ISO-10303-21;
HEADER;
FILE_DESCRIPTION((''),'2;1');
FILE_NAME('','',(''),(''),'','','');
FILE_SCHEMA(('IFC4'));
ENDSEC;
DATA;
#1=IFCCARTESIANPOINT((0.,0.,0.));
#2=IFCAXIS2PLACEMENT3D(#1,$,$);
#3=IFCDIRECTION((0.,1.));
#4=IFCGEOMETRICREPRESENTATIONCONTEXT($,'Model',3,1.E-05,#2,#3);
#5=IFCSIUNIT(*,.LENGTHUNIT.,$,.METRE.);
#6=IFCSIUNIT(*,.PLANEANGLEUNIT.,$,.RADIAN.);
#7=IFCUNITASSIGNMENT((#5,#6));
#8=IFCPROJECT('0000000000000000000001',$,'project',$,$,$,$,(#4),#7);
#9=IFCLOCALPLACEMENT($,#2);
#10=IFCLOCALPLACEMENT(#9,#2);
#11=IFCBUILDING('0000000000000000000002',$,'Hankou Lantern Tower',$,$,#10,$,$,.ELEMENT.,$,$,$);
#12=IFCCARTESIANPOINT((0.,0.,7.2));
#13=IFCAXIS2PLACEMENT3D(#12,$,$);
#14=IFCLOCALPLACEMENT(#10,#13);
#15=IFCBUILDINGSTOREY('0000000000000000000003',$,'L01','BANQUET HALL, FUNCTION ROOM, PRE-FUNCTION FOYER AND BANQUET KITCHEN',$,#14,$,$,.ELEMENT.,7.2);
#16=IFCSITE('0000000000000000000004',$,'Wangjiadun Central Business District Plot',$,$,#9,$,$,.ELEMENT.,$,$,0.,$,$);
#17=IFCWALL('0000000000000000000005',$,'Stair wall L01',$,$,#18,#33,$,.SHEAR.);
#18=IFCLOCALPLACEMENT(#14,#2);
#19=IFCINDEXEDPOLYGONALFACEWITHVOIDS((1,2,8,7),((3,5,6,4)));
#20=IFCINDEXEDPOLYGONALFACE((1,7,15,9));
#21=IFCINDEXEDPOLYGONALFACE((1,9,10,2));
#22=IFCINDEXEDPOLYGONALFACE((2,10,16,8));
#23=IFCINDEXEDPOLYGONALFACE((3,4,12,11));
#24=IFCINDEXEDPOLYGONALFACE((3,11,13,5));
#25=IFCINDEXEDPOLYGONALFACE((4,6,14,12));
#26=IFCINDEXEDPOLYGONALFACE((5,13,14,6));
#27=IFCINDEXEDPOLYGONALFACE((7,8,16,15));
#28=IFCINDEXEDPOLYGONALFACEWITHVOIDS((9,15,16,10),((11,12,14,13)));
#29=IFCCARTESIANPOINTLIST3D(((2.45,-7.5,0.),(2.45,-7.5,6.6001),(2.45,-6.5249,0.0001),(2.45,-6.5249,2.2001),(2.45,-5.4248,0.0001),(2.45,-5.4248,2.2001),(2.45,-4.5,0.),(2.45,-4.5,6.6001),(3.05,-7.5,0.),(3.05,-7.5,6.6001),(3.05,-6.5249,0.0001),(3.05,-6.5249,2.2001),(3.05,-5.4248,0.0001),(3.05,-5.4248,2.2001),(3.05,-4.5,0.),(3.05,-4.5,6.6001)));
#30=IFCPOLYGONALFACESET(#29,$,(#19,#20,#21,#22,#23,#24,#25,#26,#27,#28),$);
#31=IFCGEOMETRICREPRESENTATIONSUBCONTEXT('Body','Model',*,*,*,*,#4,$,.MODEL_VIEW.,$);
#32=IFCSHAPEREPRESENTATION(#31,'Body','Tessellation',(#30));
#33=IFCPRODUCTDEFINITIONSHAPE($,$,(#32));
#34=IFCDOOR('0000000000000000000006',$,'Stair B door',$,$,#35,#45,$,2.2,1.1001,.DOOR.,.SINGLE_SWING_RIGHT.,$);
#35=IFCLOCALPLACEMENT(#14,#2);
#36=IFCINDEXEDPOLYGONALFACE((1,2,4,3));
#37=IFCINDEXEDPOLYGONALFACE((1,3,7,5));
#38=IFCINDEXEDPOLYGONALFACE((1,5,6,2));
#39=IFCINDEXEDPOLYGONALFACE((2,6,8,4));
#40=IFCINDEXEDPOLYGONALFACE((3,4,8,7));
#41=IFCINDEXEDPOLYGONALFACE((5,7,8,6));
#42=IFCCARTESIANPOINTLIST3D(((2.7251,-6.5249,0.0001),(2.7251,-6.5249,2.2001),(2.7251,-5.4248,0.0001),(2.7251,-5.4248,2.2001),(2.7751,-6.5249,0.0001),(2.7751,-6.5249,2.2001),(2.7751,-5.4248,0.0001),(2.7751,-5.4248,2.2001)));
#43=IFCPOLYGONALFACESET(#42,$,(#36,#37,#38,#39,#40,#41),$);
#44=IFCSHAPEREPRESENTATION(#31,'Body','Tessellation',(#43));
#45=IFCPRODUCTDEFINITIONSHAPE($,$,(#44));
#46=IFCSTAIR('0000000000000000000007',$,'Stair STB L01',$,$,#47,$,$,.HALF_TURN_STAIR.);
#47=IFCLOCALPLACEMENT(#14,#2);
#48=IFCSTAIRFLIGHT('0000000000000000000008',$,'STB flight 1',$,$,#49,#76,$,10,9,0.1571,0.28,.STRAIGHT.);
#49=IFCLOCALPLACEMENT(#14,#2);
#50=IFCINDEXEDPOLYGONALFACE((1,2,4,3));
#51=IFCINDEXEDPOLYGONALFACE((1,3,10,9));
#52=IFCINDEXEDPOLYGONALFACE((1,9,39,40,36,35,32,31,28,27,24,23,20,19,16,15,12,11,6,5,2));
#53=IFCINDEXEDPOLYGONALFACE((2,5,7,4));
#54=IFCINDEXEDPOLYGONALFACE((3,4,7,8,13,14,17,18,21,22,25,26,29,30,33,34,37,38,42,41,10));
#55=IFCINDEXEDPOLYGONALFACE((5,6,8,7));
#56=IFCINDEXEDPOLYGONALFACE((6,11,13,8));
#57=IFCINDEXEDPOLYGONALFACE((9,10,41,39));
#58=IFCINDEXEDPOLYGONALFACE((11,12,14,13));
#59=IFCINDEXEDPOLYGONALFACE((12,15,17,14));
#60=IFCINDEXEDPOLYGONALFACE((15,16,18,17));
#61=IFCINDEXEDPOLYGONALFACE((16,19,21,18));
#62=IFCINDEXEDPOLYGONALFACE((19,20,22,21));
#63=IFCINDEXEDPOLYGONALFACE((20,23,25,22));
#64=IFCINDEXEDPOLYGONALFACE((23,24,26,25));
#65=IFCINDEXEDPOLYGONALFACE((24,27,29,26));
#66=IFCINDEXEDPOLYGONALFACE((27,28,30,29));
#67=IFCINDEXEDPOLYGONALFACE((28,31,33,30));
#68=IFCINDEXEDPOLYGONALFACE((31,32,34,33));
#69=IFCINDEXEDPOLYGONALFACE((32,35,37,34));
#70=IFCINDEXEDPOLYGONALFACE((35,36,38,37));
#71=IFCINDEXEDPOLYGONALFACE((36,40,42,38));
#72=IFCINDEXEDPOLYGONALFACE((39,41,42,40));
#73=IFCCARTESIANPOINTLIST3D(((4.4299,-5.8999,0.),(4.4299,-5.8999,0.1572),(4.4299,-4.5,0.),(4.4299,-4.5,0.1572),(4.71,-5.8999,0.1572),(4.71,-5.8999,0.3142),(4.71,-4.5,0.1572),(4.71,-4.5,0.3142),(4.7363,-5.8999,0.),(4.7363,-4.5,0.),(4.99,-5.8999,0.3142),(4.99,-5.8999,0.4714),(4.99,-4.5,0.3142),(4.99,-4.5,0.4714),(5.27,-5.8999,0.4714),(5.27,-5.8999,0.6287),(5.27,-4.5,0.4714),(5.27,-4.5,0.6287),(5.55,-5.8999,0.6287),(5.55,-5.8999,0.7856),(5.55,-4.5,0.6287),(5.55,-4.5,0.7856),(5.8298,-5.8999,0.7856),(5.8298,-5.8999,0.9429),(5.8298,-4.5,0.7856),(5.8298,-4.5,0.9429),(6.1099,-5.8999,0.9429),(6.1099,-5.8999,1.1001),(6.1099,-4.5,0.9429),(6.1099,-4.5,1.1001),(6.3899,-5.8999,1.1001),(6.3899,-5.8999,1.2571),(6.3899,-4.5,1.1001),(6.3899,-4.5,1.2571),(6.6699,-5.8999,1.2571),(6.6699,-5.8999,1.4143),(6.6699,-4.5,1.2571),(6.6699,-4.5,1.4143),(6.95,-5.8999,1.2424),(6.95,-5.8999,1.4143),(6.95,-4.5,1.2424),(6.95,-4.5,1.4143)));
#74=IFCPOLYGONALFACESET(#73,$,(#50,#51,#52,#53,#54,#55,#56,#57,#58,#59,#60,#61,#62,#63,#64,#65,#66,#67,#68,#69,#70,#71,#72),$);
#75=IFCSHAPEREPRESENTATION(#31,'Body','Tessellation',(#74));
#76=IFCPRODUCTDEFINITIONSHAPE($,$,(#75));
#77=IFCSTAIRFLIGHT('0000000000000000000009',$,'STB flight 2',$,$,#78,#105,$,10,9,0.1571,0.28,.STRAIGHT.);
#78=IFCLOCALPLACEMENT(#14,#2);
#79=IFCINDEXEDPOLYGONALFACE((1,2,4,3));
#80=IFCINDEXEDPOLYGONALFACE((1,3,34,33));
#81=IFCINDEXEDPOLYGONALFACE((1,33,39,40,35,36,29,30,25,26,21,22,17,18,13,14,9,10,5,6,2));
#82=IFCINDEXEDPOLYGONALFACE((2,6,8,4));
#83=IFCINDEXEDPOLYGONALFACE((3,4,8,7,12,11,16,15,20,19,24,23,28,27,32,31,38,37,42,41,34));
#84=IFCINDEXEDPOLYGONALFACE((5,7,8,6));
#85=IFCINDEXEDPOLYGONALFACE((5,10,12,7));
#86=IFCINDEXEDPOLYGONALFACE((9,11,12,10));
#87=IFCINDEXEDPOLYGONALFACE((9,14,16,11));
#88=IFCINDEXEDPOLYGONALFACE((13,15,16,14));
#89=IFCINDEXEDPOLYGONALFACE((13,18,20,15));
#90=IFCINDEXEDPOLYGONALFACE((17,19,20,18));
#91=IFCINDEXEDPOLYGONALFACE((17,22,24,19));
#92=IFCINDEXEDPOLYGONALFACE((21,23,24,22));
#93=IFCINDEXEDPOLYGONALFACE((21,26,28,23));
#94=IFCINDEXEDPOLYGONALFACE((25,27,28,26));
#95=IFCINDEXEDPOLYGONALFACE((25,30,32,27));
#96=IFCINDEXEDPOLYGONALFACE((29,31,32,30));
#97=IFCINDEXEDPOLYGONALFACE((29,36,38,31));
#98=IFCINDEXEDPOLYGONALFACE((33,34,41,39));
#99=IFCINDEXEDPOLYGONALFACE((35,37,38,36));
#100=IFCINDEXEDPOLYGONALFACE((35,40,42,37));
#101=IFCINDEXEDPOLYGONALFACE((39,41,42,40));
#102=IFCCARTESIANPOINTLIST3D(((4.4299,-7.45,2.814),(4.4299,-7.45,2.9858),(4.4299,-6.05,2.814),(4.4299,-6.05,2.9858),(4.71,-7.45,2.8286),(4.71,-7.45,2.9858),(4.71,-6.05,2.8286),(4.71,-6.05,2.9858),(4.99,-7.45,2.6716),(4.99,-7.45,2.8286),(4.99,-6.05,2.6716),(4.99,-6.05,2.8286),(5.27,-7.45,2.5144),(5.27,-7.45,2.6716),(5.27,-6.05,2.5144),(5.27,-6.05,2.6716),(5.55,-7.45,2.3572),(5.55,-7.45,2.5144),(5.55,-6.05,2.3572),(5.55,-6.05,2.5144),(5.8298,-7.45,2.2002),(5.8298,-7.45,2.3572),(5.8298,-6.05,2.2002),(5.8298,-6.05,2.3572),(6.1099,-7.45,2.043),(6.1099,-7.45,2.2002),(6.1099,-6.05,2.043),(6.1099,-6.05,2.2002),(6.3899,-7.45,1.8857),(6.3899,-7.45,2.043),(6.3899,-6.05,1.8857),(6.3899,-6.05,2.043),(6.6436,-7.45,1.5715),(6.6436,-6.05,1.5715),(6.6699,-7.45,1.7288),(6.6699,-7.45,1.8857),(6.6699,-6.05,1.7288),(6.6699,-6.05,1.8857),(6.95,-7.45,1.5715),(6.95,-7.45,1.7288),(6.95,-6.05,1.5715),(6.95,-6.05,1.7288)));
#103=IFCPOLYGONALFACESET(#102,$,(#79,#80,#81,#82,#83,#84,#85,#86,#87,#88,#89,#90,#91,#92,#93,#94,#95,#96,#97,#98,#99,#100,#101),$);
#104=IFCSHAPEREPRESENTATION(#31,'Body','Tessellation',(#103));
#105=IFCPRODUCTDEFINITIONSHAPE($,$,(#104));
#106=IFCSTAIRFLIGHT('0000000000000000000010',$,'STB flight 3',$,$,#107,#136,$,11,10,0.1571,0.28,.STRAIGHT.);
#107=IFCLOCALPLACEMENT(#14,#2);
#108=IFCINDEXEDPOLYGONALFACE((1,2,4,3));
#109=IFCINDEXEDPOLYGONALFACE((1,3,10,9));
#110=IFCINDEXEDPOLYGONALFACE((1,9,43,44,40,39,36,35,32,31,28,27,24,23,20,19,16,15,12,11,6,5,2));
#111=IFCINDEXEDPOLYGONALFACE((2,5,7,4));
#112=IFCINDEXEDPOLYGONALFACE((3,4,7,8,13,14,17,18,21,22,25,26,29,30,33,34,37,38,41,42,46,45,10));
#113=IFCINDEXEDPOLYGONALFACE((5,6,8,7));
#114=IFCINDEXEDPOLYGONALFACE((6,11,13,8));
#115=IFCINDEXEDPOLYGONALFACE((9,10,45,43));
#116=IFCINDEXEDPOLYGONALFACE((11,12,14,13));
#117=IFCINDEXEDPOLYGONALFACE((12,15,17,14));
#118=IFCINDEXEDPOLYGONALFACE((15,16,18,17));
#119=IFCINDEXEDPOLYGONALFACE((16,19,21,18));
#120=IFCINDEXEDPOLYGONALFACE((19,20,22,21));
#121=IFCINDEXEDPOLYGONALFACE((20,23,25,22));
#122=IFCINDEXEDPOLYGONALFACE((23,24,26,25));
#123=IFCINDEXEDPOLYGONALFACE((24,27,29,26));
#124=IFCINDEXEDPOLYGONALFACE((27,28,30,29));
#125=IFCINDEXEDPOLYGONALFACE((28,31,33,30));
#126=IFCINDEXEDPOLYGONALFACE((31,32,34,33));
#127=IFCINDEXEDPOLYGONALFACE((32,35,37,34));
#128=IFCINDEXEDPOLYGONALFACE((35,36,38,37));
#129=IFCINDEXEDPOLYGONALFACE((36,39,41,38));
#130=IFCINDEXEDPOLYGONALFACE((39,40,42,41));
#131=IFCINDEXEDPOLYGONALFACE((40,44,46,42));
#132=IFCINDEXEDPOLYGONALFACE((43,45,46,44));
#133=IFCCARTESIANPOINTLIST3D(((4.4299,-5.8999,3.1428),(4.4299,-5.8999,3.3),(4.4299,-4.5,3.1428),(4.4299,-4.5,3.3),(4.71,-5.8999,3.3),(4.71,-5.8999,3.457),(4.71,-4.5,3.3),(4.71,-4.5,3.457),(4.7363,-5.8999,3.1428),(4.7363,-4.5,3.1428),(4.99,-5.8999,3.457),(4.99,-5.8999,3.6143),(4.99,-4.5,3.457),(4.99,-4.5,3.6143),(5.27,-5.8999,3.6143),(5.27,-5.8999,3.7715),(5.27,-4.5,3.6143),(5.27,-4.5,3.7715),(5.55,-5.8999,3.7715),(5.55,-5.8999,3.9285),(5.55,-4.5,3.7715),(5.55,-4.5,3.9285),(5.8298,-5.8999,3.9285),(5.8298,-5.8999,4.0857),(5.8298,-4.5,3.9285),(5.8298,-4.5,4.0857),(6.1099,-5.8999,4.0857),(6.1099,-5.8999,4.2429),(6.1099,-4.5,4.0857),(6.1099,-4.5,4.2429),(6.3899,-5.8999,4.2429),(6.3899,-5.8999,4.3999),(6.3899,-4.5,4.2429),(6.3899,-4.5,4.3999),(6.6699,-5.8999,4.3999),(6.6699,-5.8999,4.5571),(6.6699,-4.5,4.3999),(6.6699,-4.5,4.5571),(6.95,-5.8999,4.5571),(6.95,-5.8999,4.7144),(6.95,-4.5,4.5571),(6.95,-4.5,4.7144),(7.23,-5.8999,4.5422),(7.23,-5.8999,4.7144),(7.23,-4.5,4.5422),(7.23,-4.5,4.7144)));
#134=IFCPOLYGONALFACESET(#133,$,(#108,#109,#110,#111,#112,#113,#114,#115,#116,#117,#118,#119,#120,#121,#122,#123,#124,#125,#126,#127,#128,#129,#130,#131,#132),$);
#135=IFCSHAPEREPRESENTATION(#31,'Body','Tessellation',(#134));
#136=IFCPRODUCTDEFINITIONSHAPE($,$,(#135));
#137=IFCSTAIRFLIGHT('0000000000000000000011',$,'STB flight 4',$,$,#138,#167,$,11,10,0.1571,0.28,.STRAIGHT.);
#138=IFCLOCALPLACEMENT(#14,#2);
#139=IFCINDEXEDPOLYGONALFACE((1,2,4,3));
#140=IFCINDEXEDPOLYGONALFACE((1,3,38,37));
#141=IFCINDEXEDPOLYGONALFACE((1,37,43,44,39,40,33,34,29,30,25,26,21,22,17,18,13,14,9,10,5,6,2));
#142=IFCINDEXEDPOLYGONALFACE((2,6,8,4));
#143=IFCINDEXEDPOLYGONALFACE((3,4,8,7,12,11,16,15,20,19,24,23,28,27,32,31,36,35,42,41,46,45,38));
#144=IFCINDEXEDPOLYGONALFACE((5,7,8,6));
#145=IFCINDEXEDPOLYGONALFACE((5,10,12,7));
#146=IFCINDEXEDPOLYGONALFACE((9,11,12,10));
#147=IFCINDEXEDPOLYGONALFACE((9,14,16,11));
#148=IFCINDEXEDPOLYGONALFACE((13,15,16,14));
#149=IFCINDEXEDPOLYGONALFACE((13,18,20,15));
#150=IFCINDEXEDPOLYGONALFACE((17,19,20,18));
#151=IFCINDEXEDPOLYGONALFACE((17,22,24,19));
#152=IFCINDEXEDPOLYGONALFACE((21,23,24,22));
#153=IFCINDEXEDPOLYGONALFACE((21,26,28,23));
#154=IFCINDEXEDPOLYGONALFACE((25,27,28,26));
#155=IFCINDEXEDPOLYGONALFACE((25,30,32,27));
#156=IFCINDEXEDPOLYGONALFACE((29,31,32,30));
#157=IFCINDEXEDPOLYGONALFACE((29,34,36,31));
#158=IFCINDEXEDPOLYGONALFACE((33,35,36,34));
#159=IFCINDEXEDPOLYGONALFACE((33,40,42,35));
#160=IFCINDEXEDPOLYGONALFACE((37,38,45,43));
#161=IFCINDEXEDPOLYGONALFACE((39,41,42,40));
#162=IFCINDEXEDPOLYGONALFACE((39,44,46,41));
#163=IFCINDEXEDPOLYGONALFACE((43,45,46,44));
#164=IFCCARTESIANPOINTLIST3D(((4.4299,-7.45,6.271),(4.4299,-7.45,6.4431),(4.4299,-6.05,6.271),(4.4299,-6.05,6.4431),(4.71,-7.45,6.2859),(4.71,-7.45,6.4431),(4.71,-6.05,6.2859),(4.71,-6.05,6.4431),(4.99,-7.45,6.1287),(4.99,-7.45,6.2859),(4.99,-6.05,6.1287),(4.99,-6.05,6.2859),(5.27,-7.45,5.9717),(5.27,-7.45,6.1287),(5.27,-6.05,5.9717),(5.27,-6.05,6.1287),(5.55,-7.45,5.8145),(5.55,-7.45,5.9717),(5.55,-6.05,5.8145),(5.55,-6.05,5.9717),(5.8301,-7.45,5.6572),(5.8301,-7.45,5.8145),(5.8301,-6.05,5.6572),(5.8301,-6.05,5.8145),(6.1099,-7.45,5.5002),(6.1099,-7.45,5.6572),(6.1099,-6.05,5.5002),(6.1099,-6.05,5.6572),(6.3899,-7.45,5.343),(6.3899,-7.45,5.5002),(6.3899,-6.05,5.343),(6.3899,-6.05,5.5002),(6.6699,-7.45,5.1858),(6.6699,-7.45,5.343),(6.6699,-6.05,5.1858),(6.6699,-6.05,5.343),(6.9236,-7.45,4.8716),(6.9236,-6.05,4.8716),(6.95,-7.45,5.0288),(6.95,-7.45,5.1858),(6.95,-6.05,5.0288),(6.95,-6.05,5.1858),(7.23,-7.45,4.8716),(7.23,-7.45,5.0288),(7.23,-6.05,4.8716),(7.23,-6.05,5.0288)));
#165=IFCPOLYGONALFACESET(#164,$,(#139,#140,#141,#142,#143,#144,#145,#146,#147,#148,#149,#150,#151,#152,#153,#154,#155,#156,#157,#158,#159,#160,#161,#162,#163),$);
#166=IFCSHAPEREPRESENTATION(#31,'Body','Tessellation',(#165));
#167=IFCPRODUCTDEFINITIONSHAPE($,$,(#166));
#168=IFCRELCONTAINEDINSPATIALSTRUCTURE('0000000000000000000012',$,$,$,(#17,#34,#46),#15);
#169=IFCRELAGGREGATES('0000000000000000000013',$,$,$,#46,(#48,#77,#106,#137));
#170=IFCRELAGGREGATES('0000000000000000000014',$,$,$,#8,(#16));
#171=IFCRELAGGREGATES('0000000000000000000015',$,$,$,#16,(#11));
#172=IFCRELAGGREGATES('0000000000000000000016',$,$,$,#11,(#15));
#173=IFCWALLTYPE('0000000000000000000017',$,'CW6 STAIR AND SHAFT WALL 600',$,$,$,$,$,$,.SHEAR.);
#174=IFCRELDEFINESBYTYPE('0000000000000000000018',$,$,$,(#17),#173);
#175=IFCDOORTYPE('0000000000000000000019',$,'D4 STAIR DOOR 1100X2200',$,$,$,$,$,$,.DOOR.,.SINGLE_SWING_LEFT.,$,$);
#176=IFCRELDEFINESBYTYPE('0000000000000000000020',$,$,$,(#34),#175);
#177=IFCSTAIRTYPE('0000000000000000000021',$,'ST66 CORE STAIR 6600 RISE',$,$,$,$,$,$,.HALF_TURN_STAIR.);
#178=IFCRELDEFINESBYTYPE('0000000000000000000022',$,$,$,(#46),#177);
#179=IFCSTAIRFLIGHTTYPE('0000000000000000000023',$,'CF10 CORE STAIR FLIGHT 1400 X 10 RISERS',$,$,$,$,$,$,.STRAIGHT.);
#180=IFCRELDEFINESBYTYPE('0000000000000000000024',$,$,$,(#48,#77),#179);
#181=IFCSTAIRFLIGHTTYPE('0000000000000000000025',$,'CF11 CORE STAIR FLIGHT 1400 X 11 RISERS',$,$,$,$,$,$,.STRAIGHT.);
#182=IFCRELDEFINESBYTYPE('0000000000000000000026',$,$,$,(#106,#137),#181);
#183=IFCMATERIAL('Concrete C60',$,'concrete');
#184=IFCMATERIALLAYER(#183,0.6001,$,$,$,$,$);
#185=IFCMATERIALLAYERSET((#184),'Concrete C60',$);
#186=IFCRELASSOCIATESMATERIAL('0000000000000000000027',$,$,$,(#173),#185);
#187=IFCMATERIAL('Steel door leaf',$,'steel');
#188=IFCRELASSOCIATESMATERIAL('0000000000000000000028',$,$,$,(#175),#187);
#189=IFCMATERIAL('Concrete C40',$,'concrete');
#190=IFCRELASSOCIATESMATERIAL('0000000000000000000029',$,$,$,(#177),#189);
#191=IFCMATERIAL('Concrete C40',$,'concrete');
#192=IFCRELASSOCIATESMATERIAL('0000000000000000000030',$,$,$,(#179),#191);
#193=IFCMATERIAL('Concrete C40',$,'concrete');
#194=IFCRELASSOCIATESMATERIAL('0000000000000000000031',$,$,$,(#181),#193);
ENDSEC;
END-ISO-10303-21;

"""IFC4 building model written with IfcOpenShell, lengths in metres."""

from ifc_helpers import new_model, si_unit, direction, frame, frame_2d, origin, place, context, subcontext, project, spatial, polyline, rectangle, outline, extrude, material, layer, layer_set, type_object, element, fill, aggregate, save


model = new_model("IFC4")

# Units and contexts
model_context = context("Model", 3, precision=1e-05, world=origin(), true_north=direction((0.0, 1.0)))
body_context = subcontext(model_context, "Body", "Model", "MODEL_VIEW")
ifc_project = project(units=[si_unit("LENGTHUNIT", "METRE"), si_unit("PLANEANGLEUNIT", "RADIAN")], contexts=[model_context])

# Site, building, storey
site_placement = place(None, origin())
site = spatial("IfcSite", under=ifc_project, at=site_placement, Name="Wangjiadun Central Business District Plot", CompositionType="ELEMENT", RefElevation=0.0)
building_placement = place(site_placement, origin())
building = spatial("IfcBuilding", under=site, at=building_placement, Name="Hankou Lantern Tower", CompositionType="ELEMENT")
storey_placement = place(building_placement, frame((0.0, 0.0, 7.2)))
storey = spatial("IfcBuildingStorey", under=building, at=storey_placement, Name="L01", Description="BANQUET HALL, FUNCTION ROOM, PRE-FUNCTION FOYER AND BANQUET KITCHEN", CompositionType="ELEMENT", Elevation=7.2)

# Wall, opening, door
ifc_material_1 = material(Name="Concrete C60", Category="concrete")
ifc_layer_1 = layer(ifc_material_1, 0.6001)
ifc_layer_set_1 = layer_set([ifc_layer_1], Name="Concrete C60")
wall_type_1 = type_object("IfcWallType", Name="CW6 STAIR AND SHAFT WALL 600", PredefinedType="SHEAR", material=ifc_layer_set_1)
wall_1_placement = place(storey_placement, frame((2.75, -7.5, 0.0), z_axis=(0.0, 0.0, 1.0), x_axis=(0.0, 1.0, 0.0)))
wall_1 = element("IfcWall", 1, at=wall_1_placement, inside=storey, type_object=wall_type_1, Name="Stair wall L01", PredefinedType="SHEAR", context=body_context, shape_type="SweptSolid", body=[
    extrude(rectangle(XDim=3.0, YDim=0.6001, at=frame_2d((1.5, 0.0))), origin(), (0.0, 0.0, 1.0), 6.6001),
])
opening_1_placement = place(wall_1_placement, frame((0.9751, 0.0, 0.0)))
opening_1 = element("IfcOpeningElement", 2, at=opening_1_placement, cuts=wall_1, PredefinedType="OPENING", context=body_context, shape_type="SweptSolid", body=[
    extrude(rectangle(XDim=1.1001, YDim=2.2, at=frame_2d((0.55, 1.1001))), frame((0.0, 0.3101, 0.0), z_axis=(0.0, -1.0, 0.0), x_axis=(1.0, 0.0, 0.0)), (0.0, 0.0, 1.0), 0.6201),
])
ifc_material_2 = material(Name="Steel door leaf", Category="steel")
door_type_1 = type_object("IfcDoorType", Name="D4 STAIR DOOR 1100X2200", OperationType="SINGLE_SWING_LEFT", PredefinedType="DOOR", material=ifc_material_2)
door_1_placement = place(opening_1_placement, origin())
door_1 = element("IfcDoor", 3, at=door_1_placement, inside=storey, type_object=door_type_1, Name="Stair B door", OperationType="SINGLE_SWING_RIGHT", OverallHeight=2.2, OverallWidth=1.1001, PredefinedType="DOOR", context=body_context, shape_type="SweptSolid", body=[
    extrude(rectangle(XDim=1.1001, YDim=2.2, at=frame_2d((0.55, 1.1001))), frame((0.0, 0.0249, 0.0), z_axis=(0.0, -1.0, 0.0), x_axis=(1.0, 0.0, 0.0)), (0.0, 0.0, 1.0), 0.05),
])
fill(opening_1, door_1)

# Stair, stair flights
ifc_material_3 = material(Name="Concrete C40", Category="concrete")
stair_type = type_object("IfcStairType", Name="ST66 CORE STAIR 6600 RISE", PredefinedType="HALF_TURN_STAIR", material=ifc_material_3)
stair_placement = place(storey_placement, origin())
stair = element("IfcStair", 4, at=stair_placement, inside=storey, type_object=stair_type, Name="Stair STB L01", PredefinedType="HALF_TURN_STAIR")
ifc_material_4 = material(Name="Concrete C40", Category="concrete")
stair_flight_type_1 = type_object("IfcStairFlightType", Name="CF10 CORE STAIR FLIGHT 1400 X 10 RISERS", PredefinedType="STRAIGHT", material=ifc_material_4)
stair_flight_1_placement = place(storey_placement, frame((4.4299, -5.2, 0.0), z_axis=(0.0, 0.0, 1.0), x_axis=(1.0, 0.0, 0.0)))
stair_flight_1 = element("IfcStairFlight", 5, at=stair_flight_1_placement, type_object=stair_flight_type_1, Name="STB flight 1", NumberOfRisers=10, NumberOfTreads=9, PredefinedType="STRAIGHT", RiserHeight=0.1571, TreadLength=0.28, context=body_context, shape_type="SweptSolid", body=[
    extrude(outline(polyline([(0.0, 0.0), (0.0, 0.1572), (0.28, 0.1572), (0.28, 0.3142), (0.5601, 0.3142), (0.5601, 0.4714), (0.8401, 0.4714), (0.8401, 0.6287), (1.1201, 0.6287), (1.1201, 0.7856), (1.3999, 0.7856), (1.3999, 0.9429), (1.6799, 0.9429), (1.6799, 1.1001), (1.96, 1.1001), (1.96, 1.2571), (2.24, 1.2571), (2.24, 1.4143), (2.52, 1.4143), (2.52, 1.5715), (2.52, 1.2424), (0.3064, 0.0), (0.0, 0.0)])), frame((0.0, 0.7, 0.0), z_axis=(0.0, -1.0, 0.0), x_axis=(1.0, 0.0, 0.0)), (0.0, 0.0, 1.0), 1.3999),
])
stair_flight_2_placement = place(storey_placement, frame((6.95, -6.75, 1.5715), z_axis=(0.0, 0.0, 1.0), x_axis=(-1.0, 0.0, 0.0)))
stair_flight_2 = element("IfcStairFlight", 6, at=stair_flight_2_placement, type_object=stair_flight_type_1, Name="STB flight 2", NumberOfRisers=10, NumberOfTreads=9, PredefinedType="STRAIGHT", RiserHeight=0.1571, TreadLength=0.28, context=body_context, shape_type="SweptSolid", body=[
    extrude(outline(polyline([(0.0, 0.0), (0.0, 0.1572), (0.28, 0.1572), (0.28, 0.3142), (0.5601, 0.3142), (0.5601, 0.4714), (0.8401, 0.4714), (0.8401, 0.6287), (1.1201, 0.6287), (1.1201, 0.7856), (1.3999, 0.7856), (1.3999, 0.9429), (1.6799, 0.9429), (1.6799, 1.1001), (1.96, 1.1001), (1.96, 1.2571), (2.24, 1.2571), (2.24, 1.4143), (2.52, 1.4143), (2.52, 1.5715), (2.52, 1.2424), (0.3064, 0.0), (0.0, 0.0)])), frame((0.0, 0.7, 0.0), z_axis=(0.0, -1.0, 0.0), x_axis=(1.0, 0.0, 0.0)), (0.0, 0.0, 1.0), 1.3999),
])
ifc_material_5 = material(Name="Concrete C40", Category="concrete")
stair_flight_type_2 = type_object("IfcStairFlightType", Name="CF11 CORE STAIR FLIGHT 1400 X 11 RISERS", PredefinedType="STRAIGHT", material=ifc_material_5)
stair_flight_3_placement = place(storey_placement, frame((4.4299, -5.2, 3.1428), z_axis=(0.0, 0.0, 1.0), x_axis=(1.0, 0.0, 0.0)))
stair_flight_3 = element("IfcStairFlight", 7, at=stair_flight_3_placement, type_object=stair_flight_type_2, Name="STB flight 3", NumberOfRisers=11, NumberOfTreads=10, PredefinedType="STRAIGHT", RiserHeight=0.1571, TreadLength=0.28, context=body_context, shape_type="SweptSolid", body=[
    extrude(outline(polyline([(0.0, 0.0), (0.0, 0.1572), (0.28, 0.1572), (0.28, 0.3142), (0.5601, 0.3142), (0.5601, 0.4714), (0.8401, 0.4714), (0.8401, 0.6287), (1.1201, 0.6287), (1.1201, 0.7856), (1.3999, 0.7856), (1.3999, 0.9429), (1.6799, 0.9429), (1.6799, 1.1001), (1.96, 1.1001), (1.96, 1.2571), (2.24, 1.2571), (2.24, 1.4143), (2.52, 1.4143), (2.52, 1.5715), (2.8, 1.5715), (2.8, 1.7285), (2.8, 1.3994), (0.3064, 0.0), (0.0, 0.0)])), frame((0.0, 0.7, 0.0), z_axis=(0.0, -1.0, 0.0), x_axis=(1.0, 0.0, 0.0)), (0.0, 0.0, 1.0), 1.3999),
])
stair_flight_4_placement = place(storey_placement, frame((7.23, -6.75, 4.8716), z_axis=(0.0, 0.0, 1.0), x_axis=(-1.0, 0.0, 0.0)))
stair_flight_4 = element("IfcStairFlight", 8, at=stair_flight_4_placement, type_object=stair_flight_type_2, Name="STB flight 4", NumberOfRisers=11, NumberOfTreads=10, PredefinedType="STRAIGHT", RiserHeight=0.1571, TreadLength=0.28, context=body_context, shape_type="SweptSolid", body=[
    extrude(outline(polyline([(0.0, 0.0), (0.0, 0.1572), (0.28, 0.1572), (0.28, 0.3142), (0.5601, 0.3142), (0.5601, 0.4714), (0.8401, 0.4714), (0.8401, 0.6287), (1.1201, 0.6287), (1.1201, 0.7856), (1.3999, 0.7856), (1.3999, 0.9429), (1.6799, 0.9429), (1.6799, 1.1001), (1.96, 1.1001), (1.96, 1.2571), (2.24, 1.2571), (2.24, 1.4143), (2.52, 1.4143), (2.52, 1.5715), (2.8, 1.5715), (2.8, 1.7285), (2.8, 1.3994), (0.3064, 0.0), (0.0, 0.0)])), frame((0.0, 0.7, 0.0), z_axis=(0.0, -1.0, 0.0), x_axis=(1.0, 0.0, 0.0)), (0.0, 0.0, 1.0), 1.3999),
])
aggregate(stair, [stair_flight_1, stair_flight_2, stair_flight_3, stair_flight_4])

save(model, "model.ifc")
